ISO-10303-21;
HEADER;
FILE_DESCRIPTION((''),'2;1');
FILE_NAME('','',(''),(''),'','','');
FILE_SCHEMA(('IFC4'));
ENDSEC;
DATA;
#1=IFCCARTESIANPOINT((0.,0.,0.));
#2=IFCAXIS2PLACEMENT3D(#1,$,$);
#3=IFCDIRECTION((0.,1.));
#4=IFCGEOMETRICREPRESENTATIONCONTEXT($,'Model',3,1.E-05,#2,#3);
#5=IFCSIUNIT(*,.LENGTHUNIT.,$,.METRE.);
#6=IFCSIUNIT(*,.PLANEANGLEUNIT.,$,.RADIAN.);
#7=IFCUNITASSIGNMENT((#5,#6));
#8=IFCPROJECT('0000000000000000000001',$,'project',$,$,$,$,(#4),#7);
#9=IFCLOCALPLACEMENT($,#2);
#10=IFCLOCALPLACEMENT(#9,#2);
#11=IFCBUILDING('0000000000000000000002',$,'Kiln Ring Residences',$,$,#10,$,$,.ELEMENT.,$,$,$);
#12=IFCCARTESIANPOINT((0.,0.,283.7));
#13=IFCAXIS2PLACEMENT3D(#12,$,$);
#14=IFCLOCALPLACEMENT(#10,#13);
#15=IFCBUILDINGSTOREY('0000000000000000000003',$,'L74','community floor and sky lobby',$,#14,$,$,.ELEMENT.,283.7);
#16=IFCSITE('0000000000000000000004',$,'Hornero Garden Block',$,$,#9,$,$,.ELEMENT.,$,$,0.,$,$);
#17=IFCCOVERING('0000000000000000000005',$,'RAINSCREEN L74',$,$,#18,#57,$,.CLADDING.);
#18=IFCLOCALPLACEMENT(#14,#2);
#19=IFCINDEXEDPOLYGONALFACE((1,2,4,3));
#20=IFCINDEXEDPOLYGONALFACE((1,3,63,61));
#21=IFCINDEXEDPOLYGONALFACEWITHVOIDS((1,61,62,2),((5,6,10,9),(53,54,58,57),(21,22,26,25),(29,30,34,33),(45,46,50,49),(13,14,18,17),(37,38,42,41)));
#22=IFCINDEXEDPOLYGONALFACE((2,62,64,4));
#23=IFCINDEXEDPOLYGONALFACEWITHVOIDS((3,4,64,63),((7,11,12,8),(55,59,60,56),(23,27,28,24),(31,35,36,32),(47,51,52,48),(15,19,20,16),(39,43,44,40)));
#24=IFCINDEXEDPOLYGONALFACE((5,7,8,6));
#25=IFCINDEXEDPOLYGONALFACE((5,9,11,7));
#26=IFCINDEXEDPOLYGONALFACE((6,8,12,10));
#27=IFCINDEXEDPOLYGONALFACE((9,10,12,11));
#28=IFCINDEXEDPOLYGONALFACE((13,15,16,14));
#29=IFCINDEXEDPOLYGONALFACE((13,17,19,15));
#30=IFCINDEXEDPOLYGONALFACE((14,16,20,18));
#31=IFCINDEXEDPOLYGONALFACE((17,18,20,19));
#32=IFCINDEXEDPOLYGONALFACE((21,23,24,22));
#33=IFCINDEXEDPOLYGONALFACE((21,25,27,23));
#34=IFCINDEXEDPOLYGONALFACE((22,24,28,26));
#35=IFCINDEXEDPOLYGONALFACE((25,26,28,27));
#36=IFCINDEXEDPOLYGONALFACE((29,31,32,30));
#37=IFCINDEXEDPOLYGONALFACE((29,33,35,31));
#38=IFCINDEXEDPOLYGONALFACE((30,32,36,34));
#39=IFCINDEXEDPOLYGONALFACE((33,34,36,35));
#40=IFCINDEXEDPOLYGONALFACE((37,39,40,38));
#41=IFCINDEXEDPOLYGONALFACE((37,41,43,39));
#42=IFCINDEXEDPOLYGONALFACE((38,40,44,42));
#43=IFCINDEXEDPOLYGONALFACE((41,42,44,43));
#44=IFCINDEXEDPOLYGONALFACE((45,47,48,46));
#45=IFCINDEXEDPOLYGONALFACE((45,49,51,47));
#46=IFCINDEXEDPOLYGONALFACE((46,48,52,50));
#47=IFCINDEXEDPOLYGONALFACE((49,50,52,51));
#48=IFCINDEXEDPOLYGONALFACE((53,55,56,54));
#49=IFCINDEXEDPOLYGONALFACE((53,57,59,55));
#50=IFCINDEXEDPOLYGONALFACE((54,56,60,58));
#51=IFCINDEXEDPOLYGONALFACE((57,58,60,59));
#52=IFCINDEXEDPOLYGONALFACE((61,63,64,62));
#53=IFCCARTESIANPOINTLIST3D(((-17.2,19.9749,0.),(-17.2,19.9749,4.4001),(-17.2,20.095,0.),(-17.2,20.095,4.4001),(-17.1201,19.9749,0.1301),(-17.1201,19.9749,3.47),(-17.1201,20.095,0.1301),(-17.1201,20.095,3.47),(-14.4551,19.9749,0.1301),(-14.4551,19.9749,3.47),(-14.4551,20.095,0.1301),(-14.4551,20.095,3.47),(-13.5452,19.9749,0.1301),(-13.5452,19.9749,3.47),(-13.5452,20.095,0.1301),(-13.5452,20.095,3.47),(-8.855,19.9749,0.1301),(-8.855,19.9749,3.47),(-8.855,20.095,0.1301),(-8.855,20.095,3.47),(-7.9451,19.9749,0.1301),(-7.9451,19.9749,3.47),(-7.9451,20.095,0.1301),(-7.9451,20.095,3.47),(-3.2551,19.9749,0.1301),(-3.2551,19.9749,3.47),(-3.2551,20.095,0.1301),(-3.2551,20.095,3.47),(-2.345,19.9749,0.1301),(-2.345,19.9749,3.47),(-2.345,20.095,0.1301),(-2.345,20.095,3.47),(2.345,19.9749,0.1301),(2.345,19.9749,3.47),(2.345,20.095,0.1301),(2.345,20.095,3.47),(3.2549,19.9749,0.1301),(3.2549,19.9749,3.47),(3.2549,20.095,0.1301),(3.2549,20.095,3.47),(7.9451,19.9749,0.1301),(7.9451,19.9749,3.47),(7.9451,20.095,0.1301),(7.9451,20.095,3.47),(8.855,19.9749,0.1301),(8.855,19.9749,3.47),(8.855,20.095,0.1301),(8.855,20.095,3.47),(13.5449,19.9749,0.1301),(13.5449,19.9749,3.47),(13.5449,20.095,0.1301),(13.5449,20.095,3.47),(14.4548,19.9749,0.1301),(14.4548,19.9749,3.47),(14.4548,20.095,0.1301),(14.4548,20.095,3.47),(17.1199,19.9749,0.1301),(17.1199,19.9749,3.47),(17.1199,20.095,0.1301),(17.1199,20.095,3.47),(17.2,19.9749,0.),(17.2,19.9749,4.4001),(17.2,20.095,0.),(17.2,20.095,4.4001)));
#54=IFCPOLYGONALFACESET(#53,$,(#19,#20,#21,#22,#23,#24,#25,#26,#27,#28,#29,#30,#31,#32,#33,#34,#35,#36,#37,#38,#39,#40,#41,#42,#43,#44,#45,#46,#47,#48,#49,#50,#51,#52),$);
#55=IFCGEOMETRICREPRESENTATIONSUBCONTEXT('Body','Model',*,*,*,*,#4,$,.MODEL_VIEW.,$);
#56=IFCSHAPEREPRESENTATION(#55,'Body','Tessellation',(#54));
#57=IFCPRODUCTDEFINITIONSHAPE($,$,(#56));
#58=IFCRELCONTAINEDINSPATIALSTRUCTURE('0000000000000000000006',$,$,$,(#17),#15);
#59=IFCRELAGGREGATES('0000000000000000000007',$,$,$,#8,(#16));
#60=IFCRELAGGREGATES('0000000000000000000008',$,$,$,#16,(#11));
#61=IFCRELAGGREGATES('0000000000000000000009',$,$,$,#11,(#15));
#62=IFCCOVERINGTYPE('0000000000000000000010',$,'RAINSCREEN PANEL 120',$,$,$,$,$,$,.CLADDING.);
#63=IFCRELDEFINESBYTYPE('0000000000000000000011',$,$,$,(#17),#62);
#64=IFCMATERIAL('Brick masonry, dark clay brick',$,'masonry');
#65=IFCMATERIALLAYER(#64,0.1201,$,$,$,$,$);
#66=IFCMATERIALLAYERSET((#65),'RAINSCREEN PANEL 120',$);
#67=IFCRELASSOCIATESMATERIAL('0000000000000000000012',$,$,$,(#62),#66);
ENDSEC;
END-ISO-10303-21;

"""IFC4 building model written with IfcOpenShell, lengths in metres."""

from ifc_helpers import new_model, si_unit, direction, frame, origin, place, context, subcontext, project, spatial, polyline, outline, extrude, material, layer, layer_set, type_object, element, save


model = new_model("IFC4")

# Units and contexts
model_context = context("Model", 3, precision=1e-05, world=origin(), true_north=direction((0.0, 1.0)))
body_context = subcontext(model_context, "Body", "Model", "MODEL_VIEW")
ifc_project = project(units=[si_unit("LENGTHUNIT", "METRE"), si_unit("PLANEANGLEUNIT", "RADIAN")], contexts=[model_context])

# Site, building, storey
site_placement = place(None, origin())
site = spatial("IfcSite", under=ifc_project, at=site_placement, Name="Hornero Garden Block", CompositionType="ELEMENT", RefElevation=0.0)
building_placement = place(site_placement, origin())
building = spatial("IfcBuilding", under=site, at=building_placement, Name="Kiln Ring Residences", CompositionType="ELEMENT")
storey_placement = place(building_placement, frame((0.0, 0.0, 283.7)))
storey = spatial("IfcBuildingStorey", under=building, at=storey_placement, Name="L74", Description="community floor and sky lobby", CompositionType="ELEMENT", Elevation=283.7)

# Covering
ifc_material_1 = material(Name="Brick masonry, dark clay brick", Category="masonry")
ifc_layer_1 = layer(ifc_material_1, 0.1201)
ifc_layer_set_1 = layer_set([ifc_layer_1], Name="RAINSCREEN PANEL 120")
covering_type = type_object("IfcCoveringType", Name="RAINSCREEN PANEL 120", PredefinedType="CLADDING", material=ifc_layer_set_1)
covering_1_placement = place(storey_placement, frame((17.2, 20.0349, 0.0), z_axis=(0.0, 0.0, 1.0), x_axis=(-1.0, 0.0, 0.0)))
element("IfcCovering", 1, at=covering_1_placement, inside=storey, type_object=covering_type, Name="RAINSCREEN L74", PredefinedType="CLADDING", context=body_context, shape_type="SweptSolid", body=[
    extrude(outline(polyline([(0.0, 0.0), (34.3999, 0.0), (34.3999, 4.4001), (0.0, 4.4001), (0.0, 0.0)]), holes=[polyline([(2.7451, 0.1301), (2.7451, 3.47), (0.0801, 3.47), (0.0801, 0.1301), (2.7451, 0.1301)]), polyline([(3.655, 0.1301), (8.345, 0.1301), (8.345, 3.47), (3.655, 3.47), (3.655, 0.1301)]), polyline([(9.2549, 0.1301), (13.9451, 0.1301), (13.9451, 3.47), (9.2549, 3.47), (9.2549, 0.1301)]), polyline([(14.855, 0.1301), (19.5449, 0.1301), (19.5449, 3.47), (14.855, 3.47), (14.855, 0.1301)]), polyline([(20.4551, 0.1301), (25.145, 0.1301), (25.145, 3.47), (20.4551, 3.47), (20.4551, 0.1301)]), polyline([(26.0549, 0.1301), (30.7451, 0.1301), (30.7451, 3.47), (26.0549, 3.47), (26.0549, 0.1301)]), polyline([(31.655, 0.1301), (34.3201, 0.1301), (34.3201, 3.47), (31.655, 3.47), (31.655, 0.1301)])]), frame((0.0, 0.0601, 0.0), z_axis=(0.0, -1.0, 0.0), x_axis=(1.0, 0.0, 0.0)), (0.0, 0.0, 1.0), 0.1201),
])

save(model, "model.ifc")
